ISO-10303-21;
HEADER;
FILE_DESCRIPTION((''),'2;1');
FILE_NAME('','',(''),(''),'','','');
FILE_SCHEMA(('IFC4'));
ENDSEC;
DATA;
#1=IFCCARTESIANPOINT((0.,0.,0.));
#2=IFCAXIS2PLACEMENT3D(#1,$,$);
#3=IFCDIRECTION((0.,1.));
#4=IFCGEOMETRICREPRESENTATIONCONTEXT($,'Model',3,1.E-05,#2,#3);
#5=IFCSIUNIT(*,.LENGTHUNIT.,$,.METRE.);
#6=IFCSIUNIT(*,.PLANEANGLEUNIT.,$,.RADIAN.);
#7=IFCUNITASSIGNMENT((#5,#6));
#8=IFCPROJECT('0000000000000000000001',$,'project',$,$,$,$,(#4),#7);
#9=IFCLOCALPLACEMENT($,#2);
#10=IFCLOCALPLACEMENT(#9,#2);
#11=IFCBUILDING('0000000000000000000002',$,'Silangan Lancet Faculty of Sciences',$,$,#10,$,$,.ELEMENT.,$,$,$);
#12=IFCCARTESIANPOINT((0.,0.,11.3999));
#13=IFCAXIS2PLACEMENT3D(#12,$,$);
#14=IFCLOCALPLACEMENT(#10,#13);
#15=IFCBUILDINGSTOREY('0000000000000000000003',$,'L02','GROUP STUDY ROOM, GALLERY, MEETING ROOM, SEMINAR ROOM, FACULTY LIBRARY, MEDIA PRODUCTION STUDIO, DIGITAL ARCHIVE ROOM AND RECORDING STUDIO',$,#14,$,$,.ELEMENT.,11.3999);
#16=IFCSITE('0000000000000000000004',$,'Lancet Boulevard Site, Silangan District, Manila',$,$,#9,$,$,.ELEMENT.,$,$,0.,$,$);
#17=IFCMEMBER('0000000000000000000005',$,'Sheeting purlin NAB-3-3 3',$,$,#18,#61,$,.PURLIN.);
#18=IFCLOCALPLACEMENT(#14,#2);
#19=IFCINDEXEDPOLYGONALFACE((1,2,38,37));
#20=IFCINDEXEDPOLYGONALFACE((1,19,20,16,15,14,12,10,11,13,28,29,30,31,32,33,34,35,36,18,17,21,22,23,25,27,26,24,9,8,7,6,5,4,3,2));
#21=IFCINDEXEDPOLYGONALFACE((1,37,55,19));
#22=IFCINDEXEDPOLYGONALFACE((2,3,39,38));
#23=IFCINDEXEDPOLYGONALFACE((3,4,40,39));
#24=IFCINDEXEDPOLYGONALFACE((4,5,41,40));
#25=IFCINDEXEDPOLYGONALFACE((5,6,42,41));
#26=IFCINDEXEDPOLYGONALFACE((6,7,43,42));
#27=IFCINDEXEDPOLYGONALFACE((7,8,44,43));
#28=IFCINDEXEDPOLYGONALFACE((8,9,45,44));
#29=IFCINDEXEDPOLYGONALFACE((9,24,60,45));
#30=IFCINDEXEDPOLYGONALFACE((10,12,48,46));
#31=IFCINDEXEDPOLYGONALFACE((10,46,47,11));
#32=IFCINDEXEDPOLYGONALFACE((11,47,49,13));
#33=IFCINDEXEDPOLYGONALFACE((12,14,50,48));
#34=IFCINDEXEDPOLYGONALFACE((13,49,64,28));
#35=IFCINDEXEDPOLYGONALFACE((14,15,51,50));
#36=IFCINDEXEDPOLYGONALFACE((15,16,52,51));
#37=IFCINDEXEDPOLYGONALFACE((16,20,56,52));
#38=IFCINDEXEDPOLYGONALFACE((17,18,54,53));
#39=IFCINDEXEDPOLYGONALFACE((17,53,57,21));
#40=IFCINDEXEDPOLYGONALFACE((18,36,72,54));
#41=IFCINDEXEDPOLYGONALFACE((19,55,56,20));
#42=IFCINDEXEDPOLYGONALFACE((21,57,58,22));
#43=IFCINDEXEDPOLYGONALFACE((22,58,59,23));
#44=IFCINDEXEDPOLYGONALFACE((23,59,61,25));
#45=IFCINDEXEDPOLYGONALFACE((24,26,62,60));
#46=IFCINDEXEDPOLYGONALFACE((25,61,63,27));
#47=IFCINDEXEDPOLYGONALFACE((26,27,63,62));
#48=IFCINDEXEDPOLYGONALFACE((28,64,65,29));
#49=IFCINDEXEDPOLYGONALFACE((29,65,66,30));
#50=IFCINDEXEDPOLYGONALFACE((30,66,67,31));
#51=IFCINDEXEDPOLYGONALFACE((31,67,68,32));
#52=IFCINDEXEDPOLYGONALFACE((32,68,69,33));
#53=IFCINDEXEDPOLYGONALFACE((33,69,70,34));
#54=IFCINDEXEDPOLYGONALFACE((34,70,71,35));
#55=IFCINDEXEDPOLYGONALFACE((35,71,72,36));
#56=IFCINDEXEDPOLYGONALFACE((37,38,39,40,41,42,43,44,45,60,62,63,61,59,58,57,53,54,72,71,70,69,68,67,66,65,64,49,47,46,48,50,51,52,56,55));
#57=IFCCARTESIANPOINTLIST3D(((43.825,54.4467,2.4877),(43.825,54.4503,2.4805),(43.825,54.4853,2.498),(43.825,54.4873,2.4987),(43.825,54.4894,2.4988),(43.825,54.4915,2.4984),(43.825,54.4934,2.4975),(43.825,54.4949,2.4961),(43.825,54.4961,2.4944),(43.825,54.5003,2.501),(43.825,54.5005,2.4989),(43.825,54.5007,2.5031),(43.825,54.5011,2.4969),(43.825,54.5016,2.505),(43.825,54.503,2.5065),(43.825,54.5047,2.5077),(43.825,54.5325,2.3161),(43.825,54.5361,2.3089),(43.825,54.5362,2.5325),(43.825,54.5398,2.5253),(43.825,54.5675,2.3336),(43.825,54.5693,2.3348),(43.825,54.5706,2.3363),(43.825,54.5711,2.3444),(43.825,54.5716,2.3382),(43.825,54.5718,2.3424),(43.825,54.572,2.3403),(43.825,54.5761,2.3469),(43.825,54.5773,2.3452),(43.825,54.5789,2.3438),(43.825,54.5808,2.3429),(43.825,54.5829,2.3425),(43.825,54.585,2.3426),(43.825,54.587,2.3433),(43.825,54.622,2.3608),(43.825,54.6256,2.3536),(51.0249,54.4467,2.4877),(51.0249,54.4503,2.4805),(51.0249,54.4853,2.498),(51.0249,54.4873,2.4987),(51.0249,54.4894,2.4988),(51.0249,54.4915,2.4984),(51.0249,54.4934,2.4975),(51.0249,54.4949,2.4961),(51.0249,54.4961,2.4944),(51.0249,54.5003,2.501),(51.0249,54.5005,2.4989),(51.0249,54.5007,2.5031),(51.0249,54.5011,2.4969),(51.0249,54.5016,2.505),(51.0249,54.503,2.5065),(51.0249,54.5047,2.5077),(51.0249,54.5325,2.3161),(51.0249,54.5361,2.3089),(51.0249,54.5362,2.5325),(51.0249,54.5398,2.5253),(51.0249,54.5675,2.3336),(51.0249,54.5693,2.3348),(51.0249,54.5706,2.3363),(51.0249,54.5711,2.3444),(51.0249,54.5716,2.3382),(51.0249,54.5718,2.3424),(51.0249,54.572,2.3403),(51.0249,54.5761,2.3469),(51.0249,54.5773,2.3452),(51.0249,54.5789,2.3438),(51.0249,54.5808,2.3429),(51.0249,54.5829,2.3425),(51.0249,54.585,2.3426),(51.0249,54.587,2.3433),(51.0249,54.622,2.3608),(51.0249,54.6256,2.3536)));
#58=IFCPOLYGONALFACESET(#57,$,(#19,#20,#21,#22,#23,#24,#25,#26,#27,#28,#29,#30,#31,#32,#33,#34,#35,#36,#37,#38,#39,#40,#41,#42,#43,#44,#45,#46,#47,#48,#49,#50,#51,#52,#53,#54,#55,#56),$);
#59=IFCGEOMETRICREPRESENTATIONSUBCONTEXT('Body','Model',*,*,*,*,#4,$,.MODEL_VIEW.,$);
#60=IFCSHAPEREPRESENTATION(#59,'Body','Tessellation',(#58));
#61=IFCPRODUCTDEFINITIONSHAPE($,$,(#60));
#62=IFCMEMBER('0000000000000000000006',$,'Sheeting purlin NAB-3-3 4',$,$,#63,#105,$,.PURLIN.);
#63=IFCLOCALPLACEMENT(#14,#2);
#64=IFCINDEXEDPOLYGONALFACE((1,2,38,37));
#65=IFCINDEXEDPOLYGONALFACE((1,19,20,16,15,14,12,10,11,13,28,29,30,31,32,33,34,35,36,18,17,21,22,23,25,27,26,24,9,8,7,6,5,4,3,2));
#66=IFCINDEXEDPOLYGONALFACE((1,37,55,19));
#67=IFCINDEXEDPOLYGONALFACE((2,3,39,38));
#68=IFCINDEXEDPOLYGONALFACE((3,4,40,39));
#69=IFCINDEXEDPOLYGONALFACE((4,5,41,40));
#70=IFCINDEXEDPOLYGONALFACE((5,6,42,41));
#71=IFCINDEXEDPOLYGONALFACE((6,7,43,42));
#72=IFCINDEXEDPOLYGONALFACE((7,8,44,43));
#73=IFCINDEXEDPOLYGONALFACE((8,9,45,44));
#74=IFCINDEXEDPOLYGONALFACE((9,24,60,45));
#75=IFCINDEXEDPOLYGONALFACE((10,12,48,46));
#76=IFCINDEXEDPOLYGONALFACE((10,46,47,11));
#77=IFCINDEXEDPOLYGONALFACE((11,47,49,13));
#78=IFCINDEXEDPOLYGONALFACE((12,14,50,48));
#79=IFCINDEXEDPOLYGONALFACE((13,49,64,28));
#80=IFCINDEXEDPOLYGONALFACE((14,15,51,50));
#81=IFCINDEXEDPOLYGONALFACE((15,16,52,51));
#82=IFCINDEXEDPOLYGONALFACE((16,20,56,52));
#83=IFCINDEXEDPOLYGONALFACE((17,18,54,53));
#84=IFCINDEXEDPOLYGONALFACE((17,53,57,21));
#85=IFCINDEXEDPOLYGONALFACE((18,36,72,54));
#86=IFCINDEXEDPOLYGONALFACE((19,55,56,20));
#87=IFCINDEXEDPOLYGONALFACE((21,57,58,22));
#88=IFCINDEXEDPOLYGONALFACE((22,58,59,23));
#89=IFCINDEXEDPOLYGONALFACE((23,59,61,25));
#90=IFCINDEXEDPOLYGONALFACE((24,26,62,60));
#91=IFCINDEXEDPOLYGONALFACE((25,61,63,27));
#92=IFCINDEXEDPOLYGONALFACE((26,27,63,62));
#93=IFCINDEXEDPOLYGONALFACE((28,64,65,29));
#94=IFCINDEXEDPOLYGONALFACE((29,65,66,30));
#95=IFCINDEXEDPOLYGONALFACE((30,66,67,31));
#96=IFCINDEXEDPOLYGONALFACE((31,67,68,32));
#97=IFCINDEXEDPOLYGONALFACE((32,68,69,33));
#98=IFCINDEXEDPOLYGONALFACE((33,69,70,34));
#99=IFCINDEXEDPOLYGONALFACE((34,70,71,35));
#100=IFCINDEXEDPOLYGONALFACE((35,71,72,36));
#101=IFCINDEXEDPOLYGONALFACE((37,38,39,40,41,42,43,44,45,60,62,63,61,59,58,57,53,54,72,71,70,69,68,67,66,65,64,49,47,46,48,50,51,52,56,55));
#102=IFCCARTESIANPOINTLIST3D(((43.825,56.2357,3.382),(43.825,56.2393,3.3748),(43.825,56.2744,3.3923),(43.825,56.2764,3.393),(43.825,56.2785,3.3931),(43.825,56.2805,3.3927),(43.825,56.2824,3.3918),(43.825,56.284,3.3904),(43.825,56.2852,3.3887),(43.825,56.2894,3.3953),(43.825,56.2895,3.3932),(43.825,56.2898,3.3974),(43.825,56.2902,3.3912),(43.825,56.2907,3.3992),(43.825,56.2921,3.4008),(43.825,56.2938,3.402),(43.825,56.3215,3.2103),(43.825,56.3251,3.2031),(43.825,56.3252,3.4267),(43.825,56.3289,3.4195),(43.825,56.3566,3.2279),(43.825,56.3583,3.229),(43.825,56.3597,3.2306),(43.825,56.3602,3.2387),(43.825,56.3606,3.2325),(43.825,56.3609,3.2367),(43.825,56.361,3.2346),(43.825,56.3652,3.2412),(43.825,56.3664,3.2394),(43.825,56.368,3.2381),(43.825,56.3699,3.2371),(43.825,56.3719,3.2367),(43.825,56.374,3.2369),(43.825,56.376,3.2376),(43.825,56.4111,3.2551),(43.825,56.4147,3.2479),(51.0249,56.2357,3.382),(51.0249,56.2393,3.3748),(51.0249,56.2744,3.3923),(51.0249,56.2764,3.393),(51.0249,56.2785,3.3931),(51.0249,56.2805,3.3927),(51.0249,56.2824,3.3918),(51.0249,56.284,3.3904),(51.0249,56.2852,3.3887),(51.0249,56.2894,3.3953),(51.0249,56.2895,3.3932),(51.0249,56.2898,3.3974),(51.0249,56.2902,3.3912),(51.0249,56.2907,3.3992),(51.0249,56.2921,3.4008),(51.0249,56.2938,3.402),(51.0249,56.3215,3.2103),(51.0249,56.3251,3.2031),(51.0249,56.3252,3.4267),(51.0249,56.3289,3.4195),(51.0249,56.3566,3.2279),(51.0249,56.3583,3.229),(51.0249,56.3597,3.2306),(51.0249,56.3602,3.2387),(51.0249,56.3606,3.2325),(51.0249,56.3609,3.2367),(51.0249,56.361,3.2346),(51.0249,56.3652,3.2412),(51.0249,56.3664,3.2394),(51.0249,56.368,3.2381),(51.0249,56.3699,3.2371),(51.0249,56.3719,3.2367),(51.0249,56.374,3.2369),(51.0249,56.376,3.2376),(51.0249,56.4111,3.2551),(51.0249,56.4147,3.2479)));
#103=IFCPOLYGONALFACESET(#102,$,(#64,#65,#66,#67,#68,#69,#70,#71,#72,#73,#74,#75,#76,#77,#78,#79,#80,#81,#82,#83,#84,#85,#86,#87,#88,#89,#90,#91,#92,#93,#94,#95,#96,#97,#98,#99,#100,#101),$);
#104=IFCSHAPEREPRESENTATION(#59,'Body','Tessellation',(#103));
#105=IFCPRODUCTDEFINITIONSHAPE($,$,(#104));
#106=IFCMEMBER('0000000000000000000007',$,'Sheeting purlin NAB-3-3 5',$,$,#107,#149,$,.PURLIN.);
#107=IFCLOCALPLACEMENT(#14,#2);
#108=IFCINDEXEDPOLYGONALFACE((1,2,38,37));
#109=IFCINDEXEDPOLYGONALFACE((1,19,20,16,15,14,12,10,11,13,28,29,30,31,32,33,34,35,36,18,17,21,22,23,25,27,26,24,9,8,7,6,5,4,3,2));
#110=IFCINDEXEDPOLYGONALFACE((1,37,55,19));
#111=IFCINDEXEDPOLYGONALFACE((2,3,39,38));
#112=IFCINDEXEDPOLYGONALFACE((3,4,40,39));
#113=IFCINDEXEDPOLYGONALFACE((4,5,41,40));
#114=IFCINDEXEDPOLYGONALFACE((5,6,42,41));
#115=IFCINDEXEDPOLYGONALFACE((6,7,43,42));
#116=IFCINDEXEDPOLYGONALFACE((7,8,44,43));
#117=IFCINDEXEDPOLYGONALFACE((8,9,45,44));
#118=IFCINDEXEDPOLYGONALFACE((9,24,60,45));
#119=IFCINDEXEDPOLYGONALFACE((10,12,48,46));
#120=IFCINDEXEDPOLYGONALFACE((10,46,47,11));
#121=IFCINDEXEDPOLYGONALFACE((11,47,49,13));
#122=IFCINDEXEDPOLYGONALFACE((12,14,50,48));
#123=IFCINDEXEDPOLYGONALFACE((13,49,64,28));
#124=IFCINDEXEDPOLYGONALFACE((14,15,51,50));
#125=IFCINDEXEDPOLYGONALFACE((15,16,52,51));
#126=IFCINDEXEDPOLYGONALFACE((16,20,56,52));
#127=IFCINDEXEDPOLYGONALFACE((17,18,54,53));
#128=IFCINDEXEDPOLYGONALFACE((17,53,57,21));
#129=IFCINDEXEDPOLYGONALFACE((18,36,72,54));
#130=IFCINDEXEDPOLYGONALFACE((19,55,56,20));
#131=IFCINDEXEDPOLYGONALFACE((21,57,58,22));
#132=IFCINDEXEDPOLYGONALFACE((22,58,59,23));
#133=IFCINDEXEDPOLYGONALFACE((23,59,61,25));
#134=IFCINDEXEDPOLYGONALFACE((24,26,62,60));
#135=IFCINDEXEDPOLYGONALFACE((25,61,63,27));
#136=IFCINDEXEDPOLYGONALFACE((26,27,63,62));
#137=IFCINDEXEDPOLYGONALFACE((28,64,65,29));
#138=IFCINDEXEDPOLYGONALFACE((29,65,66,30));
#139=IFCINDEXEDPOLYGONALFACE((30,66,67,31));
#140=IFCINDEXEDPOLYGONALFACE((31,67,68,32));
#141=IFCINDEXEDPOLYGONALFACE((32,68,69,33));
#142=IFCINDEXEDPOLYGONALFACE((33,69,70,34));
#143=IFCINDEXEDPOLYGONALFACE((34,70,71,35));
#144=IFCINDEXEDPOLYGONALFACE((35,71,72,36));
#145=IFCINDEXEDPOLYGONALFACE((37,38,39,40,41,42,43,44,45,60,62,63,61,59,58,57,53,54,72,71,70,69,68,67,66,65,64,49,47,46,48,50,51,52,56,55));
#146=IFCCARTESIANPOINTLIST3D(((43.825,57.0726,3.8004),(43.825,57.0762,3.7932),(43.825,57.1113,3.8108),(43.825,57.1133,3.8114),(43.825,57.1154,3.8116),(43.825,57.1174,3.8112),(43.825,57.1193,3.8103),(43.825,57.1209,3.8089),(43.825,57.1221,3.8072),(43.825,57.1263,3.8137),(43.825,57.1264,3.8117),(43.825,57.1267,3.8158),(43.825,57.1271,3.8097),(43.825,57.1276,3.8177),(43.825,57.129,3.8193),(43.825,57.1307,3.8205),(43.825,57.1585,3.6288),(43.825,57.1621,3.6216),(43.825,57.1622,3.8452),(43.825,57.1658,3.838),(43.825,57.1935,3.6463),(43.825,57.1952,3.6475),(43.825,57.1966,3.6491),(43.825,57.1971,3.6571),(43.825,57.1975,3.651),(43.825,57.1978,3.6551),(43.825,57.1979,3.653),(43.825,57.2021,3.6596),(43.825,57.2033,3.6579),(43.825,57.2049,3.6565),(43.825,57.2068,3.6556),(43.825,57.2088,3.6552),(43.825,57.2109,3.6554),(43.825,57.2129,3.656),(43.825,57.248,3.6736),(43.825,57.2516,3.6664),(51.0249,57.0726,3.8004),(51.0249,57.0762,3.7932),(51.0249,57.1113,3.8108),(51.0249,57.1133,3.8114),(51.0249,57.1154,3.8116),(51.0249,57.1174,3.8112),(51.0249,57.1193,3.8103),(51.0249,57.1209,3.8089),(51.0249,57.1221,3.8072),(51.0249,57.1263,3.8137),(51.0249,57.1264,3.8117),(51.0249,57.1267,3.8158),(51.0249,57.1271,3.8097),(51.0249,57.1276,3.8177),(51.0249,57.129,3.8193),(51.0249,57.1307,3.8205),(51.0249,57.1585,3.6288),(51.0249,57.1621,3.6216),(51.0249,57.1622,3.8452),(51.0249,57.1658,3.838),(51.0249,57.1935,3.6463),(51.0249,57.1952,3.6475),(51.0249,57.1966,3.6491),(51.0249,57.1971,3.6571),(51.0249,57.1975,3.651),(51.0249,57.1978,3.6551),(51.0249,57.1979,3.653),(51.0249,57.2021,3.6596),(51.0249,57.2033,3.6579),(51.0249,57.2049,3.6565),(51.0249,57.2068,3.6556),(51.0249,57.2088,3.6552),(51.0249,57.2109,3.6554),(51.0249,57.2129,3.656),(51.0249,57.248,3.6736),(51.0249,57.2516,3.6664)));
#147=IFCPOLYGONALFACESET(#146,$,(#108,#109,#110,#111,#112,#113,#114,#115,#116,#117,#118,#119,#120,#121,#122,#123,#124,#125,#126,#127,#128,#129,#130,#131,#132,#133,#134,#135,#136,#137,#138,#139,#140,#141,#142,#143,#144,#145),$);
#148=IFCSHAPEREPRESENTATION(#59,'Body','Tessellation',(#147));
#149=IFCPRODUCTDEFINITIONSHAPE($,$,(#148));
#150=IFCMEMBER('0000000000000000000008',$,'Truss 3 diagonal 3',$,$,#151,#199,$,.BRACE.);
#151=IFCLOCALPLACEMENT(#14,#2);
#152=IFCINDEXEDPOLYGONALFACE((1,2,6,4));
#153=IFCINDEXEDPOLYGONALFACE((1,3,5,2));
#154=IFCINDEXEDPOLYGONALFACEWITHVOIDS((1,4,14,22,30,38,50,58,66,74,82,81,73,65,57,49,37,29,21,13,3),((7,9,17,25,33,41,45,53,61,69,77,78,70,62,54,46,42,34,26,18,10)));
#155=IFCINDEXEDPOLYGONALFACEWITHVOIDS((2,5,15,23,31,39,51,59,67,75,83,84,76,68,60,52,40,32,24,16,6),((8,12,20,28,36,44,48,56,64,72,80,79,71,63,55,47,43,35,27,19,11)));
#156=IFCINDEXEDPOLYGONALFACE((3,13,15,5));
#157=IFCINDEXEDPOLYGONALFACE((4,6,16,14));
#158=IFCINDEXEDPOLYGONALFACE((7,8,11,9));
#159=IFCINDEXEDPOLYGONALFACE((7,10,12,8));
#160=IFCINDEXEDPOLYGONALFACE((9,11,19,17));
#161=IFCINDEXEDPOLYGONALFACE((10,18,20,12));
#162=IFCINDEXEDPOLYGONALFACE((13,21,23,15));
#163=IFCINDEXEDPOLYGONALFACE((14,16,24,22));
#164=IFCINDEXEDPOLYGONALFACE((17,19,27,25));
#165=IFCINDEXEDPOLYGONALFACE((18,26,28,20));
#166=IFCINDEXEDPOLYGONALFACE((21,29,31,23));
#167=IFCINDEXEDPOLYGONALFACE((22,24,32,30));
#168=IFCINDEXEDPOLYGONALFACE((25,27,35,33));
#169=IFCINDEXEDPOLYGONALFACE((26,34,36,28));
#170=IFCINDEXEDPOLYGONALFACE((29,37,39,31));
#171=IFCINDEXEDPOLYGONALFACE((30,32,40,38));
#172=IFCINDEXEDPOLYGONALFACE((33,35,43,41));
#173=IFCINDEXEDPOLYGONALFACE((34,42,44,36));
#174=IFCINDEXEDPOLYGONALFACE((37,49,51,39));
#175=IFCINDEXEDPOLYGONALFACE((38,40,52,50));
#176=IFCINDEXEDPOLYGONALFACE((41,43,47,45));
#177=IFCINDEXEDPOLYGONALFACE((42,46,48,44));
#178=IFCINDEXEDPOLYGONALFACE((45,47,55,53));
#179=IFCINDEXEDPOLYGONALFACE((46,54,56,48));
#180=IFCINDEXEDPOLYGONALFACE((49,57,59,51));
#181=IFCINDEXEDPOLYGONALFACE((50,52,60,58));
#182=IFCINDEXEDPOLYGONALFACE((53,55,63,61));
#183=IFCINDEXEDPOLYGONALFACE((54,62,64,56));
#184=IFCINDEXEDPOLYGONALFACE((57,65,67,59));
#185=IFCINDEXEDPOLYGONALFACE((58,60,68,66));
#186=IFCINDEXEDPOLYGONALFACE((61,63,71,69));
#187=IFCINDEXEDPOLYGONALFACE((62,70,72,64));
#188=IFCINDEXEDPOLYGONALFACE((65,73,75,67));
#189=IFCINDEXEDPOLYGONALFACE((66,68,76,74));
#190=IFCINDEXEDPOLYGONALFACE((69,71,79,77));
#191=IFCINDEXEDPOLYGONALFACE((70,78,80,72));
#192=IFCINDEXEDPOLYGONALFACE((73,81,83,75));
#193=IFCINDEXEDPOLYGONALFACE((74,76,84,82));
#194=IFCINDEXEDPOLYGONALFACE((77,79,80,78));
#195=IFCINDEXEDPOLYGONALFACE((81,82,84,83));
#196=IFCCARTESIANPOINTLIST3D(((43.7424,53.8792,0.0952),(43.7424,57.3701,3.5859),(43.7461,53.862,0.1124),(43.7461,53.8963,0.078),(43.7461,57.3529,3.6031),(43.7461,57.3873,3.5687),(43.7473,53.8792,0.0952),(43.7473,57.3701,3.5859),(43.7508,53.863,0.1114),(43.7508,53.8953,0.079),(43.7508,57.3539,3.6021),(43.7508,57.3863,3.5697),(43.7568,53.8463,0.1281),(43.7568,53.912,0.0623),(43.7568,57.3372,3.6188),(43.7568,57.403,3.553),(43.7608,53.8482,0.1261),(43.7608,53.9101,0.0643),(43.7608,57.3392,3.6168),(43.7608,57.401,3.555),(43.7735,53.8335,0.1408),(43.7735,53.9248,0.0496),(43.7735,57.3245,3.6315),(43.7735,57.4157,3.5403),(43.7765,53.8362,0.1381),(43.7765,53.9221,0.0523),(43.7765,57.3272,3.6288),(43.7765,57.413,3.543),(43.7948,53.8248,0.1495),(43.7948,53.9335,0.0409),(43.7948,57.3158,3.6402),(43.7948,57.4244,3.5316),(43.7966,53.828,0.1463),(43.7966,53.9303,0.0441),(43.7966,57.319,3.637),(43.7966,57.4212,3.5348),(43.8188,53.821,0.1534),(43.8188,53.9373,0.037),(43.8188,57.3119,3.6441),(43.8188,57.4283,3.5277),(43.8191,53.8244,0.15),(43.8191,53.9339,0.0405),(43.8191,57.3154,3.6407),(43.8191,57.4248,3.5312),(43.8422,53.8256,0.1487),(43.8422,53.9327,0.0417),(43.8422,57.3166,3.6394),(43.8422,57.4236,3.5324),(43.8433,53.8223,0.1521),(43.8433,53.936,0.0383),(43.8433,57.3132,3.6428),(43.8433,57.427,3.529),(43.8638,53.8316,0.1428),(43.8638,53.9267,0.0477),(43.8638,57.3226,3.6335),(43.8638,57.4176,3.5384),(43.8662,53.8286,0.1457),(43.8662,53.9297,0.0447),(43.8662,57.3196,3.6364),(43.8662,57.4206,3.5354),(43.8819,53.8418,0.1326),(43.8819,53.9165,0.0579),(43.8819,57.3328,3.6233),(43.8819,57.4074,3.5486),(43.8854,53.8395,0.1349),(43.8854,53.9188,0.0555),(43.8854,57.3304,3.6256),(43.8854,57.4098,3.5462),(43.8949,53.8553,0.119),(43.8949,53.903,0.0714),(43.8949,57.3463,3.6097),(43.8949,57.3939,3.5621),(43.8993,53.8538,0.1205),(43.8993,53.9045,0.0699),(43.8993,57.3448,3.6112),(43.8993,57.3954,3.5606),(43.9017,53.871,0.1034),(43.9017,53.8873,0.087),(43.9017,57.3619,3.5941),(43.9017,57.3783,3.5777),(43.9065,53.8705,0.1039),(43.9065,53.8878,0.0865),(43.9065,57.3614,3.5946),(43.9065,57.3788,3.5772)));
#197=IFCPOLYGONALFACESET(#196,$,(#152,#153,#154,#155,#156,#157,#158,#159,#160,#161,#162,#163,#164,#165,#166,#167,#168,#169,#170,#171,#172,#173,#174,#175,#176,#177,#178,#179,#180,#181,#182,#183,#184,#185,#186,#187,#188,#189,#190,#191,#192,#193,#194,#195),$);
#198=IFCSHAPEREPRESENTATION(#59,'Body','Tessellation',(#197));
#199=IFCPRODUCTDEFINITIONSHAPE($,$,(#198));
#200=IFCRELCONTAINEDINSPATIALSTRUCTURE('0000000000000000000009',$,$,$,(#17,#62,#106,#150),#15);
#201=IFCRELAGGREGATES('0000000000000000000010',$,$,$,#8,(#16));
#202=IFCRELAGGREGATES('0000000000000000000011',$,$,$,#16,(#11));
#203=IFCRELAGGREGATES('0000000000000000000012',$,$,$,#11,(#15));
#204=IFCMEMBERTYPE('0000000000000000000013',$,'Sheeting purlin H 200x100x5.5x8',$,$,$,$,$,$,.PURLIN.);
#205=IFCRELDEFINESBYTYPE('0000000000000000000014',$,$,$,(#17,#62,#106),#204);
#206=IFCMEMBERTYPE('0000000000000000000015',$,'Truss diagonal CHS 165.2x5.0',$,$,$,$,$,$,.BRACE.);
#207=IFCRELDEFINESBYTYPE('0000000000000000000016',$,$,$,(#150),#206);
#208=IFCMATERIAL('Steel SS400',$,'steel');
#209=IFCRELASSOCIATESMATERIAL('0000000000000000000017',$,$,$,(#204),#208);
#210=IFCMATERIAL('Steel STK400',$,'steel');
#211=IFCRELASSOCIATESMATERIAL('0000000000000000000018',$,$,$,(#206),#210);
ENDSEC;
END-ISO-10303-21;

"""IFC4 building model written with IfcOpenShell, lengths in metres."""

from ifc_helpers import new_model, si_unit, direction, frame, origin, origin_2d, place, context, subcontext, project, spatial, hollow_circle, i_section, extrude, material, material_profile, profile_set, type_object, element, save


model = new_model("IFC4")

# Units and contexts
model_context = context("Model", 3, precision=1e-05, world=origin(), true_north=direction((0.0, 1.0)))
body_context = subcontext(model_context, "Body", "Model", "MODEL_VIEW")
ifc_project = project(units=[si_unit("LENGTHUNIT", "METRE"), si_unit("PLANEANGLEUNIT", "RADIAN")], contexts=[model_context])

# Site, building, storey
site_placement = place(None, origin())
site = spatial("IfcSite", under=ifc_project, at=site_placement, Name="Lancet Boulevard Site, Silangan District, Manila", CompositionType="ELEMENT", RefElevation=0.0)
building_placement = place(site_placement, origin())
building = spatial("IfcBuilding", under=site, at=building_placement, Name="Silangan Lancet Faculty of Sciences", CompositionType="ELEMENT")
storey_placement = place(building_placement, frame((0.0, 0.0, 11.3999)))
storey = spatial("IfcBuildingStorey", under=building, at=storey_placement, Name="L02", Description="GROUP STUDY ROOM, GALLERY, MEETING ROOM, SEMINAR ROOM, FACULTY LIBRARY, MEDIA PRODUCTION STUDIO, DIGITAL ARCHIVE ROOM AND RECORDING STUDIO", CompositionType="ELEMENT", Elevation=11.3999)

# Members
ifc_material_1 = material(Name="Steel SS400", Category="steel")
ifc_material_profile_1 = material_profile(ifc_material_1, i_section(OverallWidth=0.1001, OverallDepth=0.2, WebThickness=0.0056, FlangeThickness=0.0081, FilletRadius=0.0081, at=origin_2d()), Name="H 200x100x5.5x8")
ifc_profile_set_1 = profile_set([ifc_material_profile_1], Name="Steel SS400")
member_type_1 = type_object("IfcMemberType", Name="Sheeting purlin H 200x100x5.5x8", PredefinedType="PURLIN", material=ifc_profile_set_1)
for number, where, z_axis, x_axis, name in (
    (1, (43.825, 54.5361, 2.4207), (1.0, 0.0, 0.0), (0.0, 0.894427, 0.447214), "Sheeting purlin NAB-3-3 3"),
    (2, (43.825, 56.3252, 3.3149), (1.0, 0.0, 0.0), (0.0, 0.894427, 0.447214), "Sheeting purlin NAB-3-3 4"),
    (3, (43.825, 57.1621, 3.7334), (1.0, 0.0, 0.0), (0.0, 0.894427, 0.447214), "Sheeting purlin NAB-3-3 5"),
):
    element("IfcMember", number, at=place(storey_placement, frame(where, z_axis=z_axis, x_axis=x_axis)), inside=storey, type_object=member_type_1, Name=name, PredefinedType="PURLIN", context=body_context, shape_type="SweptSolid", body=[
        extrude(i_section(OverallWidth=0.1001, OverallDepth=0.2, WebThickness=0.0056, FlangeThickness=0.0081, FilletRadius=0.0081, at=origin_2d()), origin(), (0.0, 0.0, 1.0), 7.2),
    ])
ifc_material_2 = material(Name="Steel STK400", Category="steel")
ifc_material_profile_2 = material_profile(ifc_material_2, hollow_circle(Radius=0.0825, WallThickness=0.0049, at=origin_2d()), Name="CHS 165.2x5.0")
ifc_profile_set_2 = profile_set([ifc_material_profile_2], Name="Steel STK400")
member_type_2 = type_object("IfcMemberType", Name="Truss diagonal CHS 165.2x5.0", PredefinedType="BRACE", material=ifc_profile_set_2)
member_1_placement = place(storey_placement, frame((43.825, 53.8792, 0.0952), z_axis=(0.0, 0.707132, 0.707082), x_axis=(-1.0, 0.0, 0.0)))
element("IfcMember", 4, at=member_1_placement, inside=storey, type_object=member_type_2, Name="Truss 3 diagonal 3", PredefinedType="BRACE", context=body_context, shape_type="SweptSolid", body=[
    extrude(hollow_circle(Radius=0.0825, WallThickness=0.0049, at=origin_2d()), origin(), (0.0, 0.0, 1.0), 4.9368),
])

save(model, "model.ifc")
